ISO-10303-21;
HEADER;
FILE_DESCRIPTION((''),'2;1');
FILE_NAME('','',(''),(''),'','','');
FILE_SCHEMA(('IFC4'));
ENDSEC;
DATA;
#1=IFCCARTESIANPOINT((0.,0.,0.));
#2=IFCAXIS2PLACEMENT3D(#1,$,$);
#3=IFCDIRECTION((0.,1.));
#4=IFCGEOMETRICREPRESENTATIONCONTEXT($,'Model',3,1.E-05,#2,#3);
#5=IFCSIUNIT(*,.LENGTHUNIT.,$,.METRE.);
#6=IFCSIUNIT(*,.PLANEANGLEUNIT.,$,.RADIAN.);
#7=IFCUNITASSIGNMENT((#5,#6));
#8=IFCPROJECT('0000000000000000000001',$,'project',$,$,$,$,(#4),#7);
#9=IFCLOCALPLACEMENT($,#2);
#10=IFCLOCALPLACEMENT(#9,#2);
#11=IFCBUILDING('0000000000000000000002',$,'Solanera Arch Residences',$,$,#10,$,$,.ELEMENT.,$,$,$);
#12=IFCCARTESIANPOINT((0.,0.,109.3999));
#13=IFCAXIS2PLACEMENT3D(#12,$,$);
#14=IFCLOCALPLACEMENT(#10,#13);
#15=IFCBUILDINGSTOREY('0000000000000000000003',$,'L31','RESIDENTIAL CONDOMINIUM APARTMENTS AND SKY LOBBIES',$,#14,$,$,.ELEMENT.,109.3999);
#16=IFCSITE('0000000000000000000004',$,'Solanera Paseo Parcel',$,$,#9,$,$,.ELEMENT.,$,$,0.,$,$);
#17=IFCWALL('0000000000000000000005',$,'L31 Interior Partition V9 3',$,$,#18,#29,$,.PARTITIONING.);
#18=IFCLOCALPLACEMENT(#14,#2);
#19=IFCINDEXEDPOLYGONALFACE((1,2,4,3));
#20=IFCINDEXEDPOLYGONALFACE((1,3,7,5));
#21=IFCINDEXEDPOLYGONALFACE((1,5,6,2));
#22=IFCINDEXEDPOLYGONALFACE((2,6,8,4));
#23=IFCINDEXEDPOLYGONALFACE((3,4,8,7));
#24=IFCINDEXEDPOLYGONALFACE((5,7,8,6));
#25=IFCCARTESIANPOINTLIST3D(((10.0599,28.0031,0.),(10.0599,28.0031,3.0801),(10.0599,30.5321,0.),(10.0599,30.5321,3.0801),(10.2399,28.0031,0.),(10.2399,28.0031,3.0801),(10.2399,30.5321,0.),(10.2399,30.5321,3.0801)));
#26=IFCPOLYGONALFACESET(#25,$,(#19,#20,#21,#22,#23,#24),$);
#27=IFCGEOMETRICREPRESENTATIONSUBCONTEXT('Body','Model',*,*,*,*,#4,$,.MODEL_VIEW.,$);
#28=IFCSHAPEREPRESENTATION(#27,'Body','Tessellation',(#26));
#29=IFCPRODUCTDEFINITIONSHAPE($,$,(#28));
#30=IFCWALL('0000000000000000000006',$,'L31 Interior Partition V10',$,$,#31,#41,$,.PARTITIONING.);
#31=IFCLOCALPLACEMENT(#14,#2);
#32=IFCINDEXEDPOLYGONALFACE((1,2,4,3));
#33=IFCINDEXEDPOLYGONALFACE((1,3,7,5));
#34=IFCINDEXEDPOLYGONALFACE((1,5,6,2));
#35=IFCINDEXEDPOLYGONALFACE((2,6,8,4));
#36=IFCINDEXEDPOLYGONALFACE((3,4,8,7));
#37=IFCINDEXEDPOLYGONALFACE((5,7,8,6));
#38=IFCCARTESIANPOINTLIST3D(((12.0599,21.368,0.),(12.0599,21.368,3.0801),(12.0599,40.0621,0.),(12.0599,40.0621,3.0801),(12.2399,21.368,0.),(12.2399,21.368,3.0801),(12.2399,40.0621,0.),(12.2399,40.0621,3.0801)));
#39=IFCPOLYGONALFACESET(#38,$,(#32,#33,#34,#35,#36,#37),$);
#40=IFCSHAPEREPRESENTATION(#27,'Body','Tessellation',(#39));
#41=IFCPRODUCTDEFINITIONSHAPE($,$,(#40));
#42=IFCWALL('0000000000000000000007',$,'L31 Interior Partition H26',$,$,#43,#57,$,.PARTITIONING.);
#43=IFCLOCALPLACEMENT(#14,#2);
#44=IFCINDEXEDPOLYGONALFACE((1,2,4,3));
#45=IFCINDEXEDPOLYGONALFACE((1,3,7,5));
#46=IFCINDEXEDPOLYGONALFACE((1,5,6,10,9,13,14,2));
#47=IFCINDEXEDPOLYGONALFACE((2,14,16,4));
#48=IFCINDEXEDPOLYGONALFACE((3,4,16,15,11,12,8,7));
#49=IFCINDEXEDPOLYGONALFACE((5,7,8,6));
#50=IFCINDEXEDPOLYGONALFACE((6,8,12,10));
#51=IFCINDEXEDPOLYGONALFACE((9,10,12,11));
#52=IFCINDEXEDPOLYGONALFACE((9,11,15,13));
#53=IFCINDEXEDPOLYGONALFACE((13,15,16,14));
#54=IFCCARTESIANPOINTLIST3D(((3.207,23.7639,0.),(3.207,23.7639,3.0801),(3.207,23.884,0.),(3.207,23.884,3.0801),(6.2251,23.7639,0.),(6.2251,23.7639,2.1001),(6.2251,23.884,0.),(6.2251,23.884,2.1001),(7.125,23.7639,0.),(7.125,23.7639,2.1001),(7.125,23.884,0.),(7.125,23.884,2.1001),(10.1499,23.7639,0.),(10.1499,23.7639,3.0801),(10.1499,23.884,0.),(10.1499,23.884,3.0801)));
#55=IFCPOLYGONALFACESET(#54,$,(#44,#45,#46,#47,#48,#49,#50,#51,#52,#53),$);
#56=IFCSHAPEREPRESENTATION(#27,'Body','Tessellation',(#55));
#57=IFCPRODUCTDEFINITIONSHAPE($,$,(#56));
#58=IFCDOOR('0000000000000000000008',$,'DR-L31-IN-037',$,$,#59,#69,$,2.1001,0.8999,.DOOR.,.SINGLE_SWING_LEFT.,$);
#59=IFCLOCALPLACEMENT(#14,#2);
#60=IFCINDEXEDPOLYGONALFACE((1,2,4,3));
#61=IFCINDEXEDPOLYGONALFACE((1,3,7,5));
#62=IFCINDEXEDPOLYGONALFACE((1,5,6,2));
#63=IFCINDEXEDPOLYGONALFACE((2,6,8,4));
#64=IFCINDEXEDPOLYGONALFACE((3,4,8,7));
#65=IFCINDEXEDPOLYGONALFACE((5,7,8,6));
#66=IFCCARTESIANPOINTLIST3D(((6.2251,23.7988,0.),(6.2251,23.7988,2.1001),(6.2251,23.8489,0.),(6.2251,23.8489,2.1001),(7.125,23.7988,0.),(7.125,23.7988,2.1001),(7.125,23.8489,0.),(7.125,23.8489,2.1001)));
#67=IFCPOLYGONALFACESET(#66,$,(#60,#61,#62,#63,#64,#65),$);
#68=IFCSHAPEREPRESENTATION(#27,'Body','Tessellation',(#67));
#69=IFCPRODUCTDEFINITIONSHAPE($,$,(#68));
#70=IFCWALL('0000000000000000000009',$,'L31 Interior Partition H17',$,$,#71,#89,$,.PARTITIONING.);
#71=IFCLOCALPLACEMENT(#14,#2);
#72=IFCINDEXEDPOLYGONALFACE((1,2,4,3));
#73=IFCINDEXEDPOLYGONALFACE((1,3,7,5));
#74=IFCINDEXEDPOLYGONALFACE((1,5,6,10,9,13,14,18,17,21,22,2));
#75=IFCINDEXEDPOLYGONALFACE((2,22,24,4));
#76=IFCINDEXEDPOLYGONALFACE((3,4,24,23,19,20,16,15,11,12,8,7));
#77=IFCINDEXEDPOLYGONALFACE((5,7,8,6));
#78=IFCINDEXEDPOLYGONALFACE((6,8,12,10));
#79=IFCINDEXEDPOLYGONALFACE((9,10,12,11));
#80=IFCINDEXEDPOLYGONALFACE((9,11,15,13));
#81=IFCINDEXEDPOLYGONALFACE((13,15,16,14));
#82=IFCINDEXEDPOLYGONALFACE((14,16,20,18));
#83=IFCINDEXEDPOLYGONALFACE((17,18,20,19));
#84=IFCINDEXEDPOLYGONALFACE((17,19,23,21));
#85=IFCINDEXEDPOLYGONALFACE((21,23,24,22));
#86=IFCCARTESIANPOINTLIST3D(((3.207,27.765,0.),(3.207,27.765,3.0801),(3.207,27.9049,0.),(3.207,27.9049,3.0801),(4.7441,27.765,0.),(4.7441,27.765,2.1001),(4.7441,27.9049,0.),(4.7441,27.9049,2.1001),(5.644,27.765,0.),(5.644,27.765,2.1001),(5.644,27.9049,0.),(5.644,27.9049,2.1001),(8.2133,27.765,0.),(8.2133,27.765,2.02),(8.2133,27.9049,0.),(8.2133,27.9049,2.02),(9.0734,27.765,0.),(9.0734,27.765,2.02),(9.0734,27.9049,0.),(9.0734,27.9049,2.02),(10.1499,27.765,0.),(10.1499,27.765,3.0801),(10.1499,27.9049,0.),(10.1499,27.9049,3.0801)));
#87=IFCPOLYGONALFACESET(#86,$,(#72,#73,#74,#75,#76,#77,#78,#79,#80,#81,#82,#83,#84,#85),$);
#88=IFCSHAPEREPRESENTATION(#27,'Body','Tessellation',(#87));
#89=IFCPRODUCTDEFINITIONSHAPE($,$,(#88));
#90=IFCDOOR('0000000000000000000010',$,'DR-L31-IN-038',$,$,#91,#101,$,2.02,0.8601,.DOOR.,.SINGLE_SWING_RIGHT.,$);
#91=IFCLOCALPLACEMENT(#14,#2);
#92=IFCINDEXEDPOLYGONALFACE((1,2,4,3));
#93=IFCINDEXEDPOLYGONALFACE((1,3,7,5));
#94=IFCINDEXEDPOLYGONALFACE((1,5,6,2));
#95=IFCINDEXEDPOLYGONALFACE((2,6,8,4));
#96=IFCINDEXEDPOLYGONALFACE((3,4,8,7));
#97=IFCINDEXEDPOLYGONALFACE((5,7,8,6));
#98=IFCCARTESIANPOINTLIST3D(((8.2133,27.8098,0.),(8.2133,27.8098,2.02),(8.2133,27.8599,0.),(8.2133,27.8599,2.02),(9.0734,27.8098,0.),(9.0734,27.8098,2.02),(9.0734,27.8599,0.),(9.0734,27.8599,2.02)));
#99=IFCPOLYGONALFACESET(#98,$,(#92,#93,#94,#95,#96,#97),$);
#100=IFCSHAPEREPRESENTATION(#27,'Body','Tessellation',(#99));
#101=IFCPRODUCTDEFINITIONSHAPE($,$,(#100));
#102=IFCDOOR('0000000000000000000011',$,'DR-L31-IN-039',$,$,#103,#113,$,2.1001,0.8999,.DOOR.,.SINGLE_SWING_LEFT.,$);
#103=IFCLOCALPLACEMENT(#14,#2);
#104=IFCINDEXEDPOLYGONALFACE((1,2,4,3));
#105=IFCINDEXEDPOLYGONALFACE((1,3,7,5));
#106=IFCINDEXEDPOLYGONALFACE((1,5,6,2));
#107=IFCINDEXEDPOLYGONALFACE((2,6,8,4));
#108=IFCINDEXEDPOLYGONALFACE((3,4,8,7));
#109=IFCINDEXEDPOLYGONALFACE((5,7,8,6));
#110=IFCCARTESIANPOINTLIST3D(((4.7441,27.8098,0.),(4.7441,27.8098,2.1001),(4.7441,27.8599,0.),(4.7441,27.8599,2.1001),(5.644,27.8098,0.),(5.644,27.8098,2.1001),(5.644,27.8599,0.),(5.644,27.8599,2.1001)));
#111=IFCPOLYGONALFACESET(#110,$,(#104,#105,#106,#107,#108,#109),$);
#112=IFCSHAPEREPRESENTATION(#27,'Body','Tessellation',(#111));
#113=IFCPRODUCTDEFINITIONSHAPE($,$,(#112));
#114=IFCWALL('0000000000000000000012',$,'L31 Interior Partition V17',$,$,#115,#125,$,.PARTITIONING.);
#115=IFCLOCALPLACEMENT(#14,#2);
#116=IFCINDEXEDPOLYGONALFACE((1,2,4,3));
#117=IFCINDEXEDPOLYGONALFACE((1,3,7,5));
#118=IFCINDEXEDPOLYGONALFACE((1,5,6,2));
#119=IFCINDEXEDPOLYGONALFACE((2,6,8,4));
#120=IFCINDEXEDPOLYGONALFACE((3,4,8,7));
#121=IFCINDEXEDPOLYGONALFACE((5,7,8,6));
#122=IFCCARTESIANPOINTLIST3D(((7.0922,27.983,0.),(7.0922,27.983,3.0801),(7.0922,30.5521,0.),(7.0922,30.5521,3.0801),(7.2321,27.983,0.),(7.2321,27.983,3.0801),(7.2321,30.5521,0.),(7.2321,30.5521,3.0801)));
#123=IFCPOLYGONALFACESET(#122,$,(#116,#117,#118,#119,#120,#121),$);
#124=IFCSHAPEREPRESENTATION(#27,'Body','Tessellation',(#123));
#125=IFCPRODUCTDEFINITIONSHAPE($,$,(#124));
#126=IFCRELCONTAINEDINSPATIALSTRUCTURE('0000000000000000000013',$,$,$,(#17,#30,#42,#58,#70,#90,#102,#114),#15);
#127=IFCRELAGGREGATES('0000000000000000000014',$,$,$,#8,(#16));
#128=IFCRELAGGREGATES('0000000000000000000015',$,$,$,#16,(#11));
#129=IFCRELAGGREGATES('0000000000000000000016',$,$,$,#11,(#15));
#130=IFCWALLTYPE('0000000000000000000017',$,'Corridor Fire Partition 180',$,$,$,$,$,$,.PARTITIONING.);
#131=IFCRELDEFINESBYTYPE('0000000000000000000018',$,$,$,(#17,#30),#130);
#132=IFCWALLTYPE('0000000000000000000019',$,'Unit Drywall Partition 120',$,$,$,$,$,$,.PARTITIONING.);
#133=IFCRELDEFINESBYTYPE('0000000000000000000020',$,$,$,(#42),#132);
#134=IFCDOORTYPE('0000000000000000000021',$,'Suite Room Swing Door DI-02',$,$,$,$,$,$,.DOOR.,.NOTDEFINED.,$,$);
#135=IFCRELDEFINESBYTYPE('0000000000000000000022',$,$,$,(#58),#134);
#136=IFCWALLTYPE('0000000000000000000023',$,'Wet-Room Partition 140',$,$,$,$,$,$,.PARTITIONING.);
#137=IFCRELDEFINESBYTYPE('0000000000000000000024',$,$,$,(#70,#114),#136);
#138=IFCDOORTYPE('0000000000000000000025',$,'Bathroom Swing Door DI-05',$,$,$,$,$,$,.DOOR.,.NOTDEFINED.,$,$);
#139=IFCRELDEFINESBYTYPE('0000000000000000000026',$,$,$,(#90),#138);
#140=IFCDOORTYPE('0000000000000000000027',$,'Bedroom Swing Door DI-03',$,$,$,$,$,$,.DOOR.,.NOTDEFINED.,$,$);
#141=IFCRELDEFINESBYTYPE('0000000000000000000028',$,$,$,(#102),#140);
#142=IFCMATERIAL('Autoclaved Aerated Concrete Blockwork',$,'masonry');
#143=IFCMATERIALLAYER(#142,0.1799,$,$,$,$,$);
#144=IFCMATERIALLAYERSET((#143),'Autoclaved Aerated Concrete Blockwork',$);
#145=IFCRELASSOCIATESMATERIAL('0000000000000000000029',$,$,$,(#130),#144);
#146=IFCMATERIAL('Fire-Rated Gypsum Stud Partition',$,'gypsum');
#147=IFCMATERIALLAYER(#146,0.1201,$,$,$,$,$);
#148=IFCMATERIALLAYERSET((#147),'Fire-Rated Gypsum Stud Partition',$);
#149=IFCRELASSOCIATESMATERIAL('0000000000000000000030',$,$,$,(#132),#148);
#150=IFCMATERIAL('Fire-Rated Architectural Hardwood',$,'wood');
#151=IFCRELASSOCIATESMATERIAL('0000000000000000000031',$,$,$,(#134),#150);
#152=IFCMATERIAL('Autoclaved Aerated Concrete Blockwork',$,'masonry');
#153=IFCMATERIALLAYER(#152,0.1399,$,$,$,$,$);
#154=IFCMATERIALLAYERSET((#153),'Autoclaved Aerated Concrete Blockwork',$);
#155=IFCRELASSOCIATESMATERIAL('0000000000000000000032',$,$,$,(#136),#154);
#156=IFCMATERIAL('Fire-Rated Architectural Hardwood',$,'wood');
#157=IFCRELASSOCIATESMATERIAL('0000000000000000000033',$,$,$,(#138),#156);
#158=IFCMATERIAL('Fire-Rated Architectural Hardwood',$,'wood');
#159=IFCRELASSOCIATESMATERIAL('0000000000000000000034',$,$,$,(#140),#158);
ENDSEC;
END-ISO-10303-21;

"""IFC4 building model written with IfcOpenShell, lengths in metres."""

from ifc_helpers import new_model, si_unit, direction, frame, frame_2d, origin, place, context, subcontext, project, spatial, rectangle, extrude, material, layer, layer_set, type_object, element, fill, save


model = new_model("IFC4")

# Units and contexts
model_context = context("Model", 3, precision=1e-05, world=origin(), true_north=direction((0.0, 1.0)))
body_context = subcontext(model_context, "Body", "Model", "MODEL_VIEW")
ifc_project = project(units=[si_unit("LENGTHUNIT", "METRE"), si_unit("PLANEANGLEUNIT", "RADIAN")], contexts=[model_context])

# Site, building, storey
site_placement = place(None, origin())
site = spatial("IfcSite", under=ifc_project, at=site_placement, Name="Solanera Paseo Parcel", CompositionType="ELEMENT", RefElevation=0.0)
building_placement = place(site_placement, origin())
building = spatial("IfcBuilding", under=site, at=building_placement, Name="Solanera Arch Residences", CompositionType="ELEMENT")
storey_placement = place(building_placement, frame((0.0, 0.0, 109.3999)))
storey = spatial("IfcBuildingStorey", under=building, at=storey_placement, Name="L31", Description="RESIDENTIAL CONDOMINIUM APARTMENTS AND SKY LOBBIES", CompositionType="ELEMENT", Elevation=109.3999)

# Shared definitions
ifc_material_1 = material(Name="Autoclaved Aerated Concrete Blockwork", Category="masonry")
ifc_layer_1 = layer(ifc_material_1, 0.1799)
ifc_layer_set_1 = layer_set([ifc_layer_1], Name="Autoclaved Aerated Concrete Blockwork")
wall_type_1 = type_object("IfcWallType", Name="Corridor Fire Partition 180", PredefinedType="PARTITIONING", material=ifc_layer_set_1)

# Walls
wall_1_placement = place(storey_placement, frame((10.1499, 28.0029, 0.0), z_axis=(0.0, 0.0, 1.0), x_axis=(0.0, 1.0, 0.0)))
element("IfcWall", 1, at=wall_1_placement, inside=storey, type_object=wall_type_1, Name="L31 Interior Partition V9 3", PredefinedType="PARTITIONING", context=body_context, shape_type="SweptSolid", body=[
    extrude(rectangle(XDim=2.5291, YDim=0.1799, at=frame_2d((1.2646, 0.0))), origin(), (0.0, 0.0, 1.0), 3.0801),
])
wall_2_placement = place(storey_placement, frame((12.1499, 21.3679, 0.0), z_axis=(0.0, 0.0, 1.0), x_axis=(0.0, 1.0, 0.0)))
element("IfcWall", 2, at=wall_2_placement, inside=storey, type_object=wall_type_1, Name="L31 Interior Partition V10", PredefinedType="PARTITIONING", context=body_context, shape_type="SweptSolid", body=[
    extrude(rectangle(XDim=18.6941, YDim=0.1799, at=frame_2d((9.3472, 0.0))), origin(), (0.0, 0.0, 1.0), 3.0801),
])

# Wall, opening, door
ifc_material_2 = material(Name="Fire-Rated Gypsum Stud Partition", Category="gypsum")
ifc_layer_2 = layer(ifc_material_2, 0.1201)
ifc_layer_set_2 = layer_set([ifc_layer_2], Name="Fire-Rated Gypsum Stud Partition")
wall_type_2 = type_object("IfcWallType", Name="Unit Drywall Partition 120", PredefinedType="PARTITIONING", material=ifc_layer_set_2)
wall_3_placement = place(storey_placement, frame((3.207, 23.824, 0.0), z_axis=(0.0, 0.0, 1.0), x_axis=(1.0, 0.0, 0.0)))
wall_3 = element("IfcWall", 3, at=wall_3_placement, inside=storey, type_object=wall_type_2, Name="L31 Interior Partition H26", PredefinedType="PARTITIONING", context=body_context, shape_type="SweptSolid", body=[
    extrude(rectangle(XDim=6.9429, YDim=0.1201, at=frame_2d((3.4714, 0.0))), origin(), (0.0, 0.0, 1.0), 3.0801),
])
opening_1_placement = place(wall_3_placement, frame((3.0181, 0.0, 0.0)))
opening_1 = element("IfcOpeningElement", 4, at=opening_1_placement, cuts=wall_3, PredefinedType="OPENING", context=body_context, shape_type="SweptSolid", body=[
    extrude(rectangle(XDim=0.8999, YDim=2.1001, at=frame_2d((0.45, 1.05))), frame((0.0, 0.0701, 0.0), z_axis=(0.0, -1.0, 0.0), x_axis=(1.0, 0.0, 0.0)), (0.0, 0.0, 1.0), 0.1401),
])
ifc_material_3 = material(Name="Fire-Rated Architectural Hardwood", Category="wood")
door_type_1 = type_object("IfcDoorType", Name="Suite Room Swing Door DI-02", OperationType="NOTDEFINED", PredefinedType="DOOR", material=ifc_material_3)
door_1_placement = place(opening_1_placement, origin())
door_1 = element("IfcDoor", 5, at=door_1_placement, inside=storey, type_object=door_type_1, Name="DR-L31-IN-037", OperationType="SINGLE_SWING_LEFT", OverallHeight=2.1001, OverallWidth=0.8999, PredefinedType="DOOR", context=body_context, shape_type="SweptSolid", body=[
    extrude(rectangle(XDim=0.8999, YDim=2.1001, at=frame_2d((0.45, 1.05))), frame((0.0, 0.0249, 0.0), z_axis=(0.0, -1.0, 0.0), x_axis=(1.0, 0.0, 0.0)), (0.0, 0.0, 1.0), 0.05),
])
fill(opening_1, door_1)

# Wall, openings, doors
ifc_material_4 = material(Name="Autoclaved Aerated Concrete Blockwork", Category="masonry")
ifc_layer_3 = layer(ifc_material_4, 0.1399)
ifc_layer_set_3 = layer_set([ifc_layer_3], Name="Autoclaved Aerated Concrete Blockwork")
wall_type_3 = type_object("IfcWallType", Name="Wet-Room Partition 140", PredefinedType="PARTITIONING", material=ifc_layer_set_3)
wall_4_placement = place(storey_placement, frame((3.207, 27.835, 0.0), z_axis=(0.0, 0.0, 1.0), x_axis=(1.0, 0.0, 0.0)))
wall_4 = element("IfcWall", 6, at=wall_4_placement, inside=storey, type_object=wall_type_3, Name="L31 Interior Partition H17", PredefinedType="PARTITIONING", context=body_context, shape_type="SweptSolid", body=[
    extrude(rectangle(XDim=6.9429, YDim=0.1399, at=frame_2d((3.4714, 0.0))), origin(), (0.0, 0.0, 1.0), 3.0801),
])
opening_2_placement = place(wall_4_placement, frame((5.0061, 0.0, 0.0)))
opening_2 = element("IfcOpeningElement", 7, at=opening_2_placement, cuts=wall_4, PredefinedType="OPENING", context=body_context, shape_type="SweptSolid", body=[
    extrude(rectangle(XDim=0.8601, YDim=2.02, at=frame_2d((0.4302, 1.01))), frame((0.0, 0.0798, 0.0), z_axis=(0.0, -1.0, 0.0), x_axis=(1.0, 0.0, 0.0)), (0.0, 0.0, 1.0), 0.1599),
])
opening_3_placement = place(wall_4_placement, frame((1.5371, 0.0, 0.0)))
opening_3 = element("IfcOpeningElement", 8, at=opening_3_placement, cuts=wall_4, PredefinedType="OPENING", context=body_context, shape_type="SweptSolid", body=[
    extrude(rectangle(XDim=0.8999, YDim=2.1001, at=frame_2d((0.45, 1.05))), frame((0.0, 0.0798, 0.0), z_axis=(0.0, -1.0, 0.0), x_axis=(1.0, 0.0, 0.0)), (0.0, 0.0, 1.0), 0.1599),
])
ifc_material_5 = material(Name="Fire-Rated Architectural Hardwood", Category="wood")
door_type_2 = type_object("IfcDoorType", Name="Bathroom Swing Door DI-05", OperationType="NOTDEFINED", PredefinedType="DOOR", material=ifc_material_5)
door_2_placement = place(opening_2_placement, origin())
door_2 = element("IfcDoor", 9, at=door_2_placement, inside=storey, type_object=door_type_2, Name="DR-L31-IN-038", OperationType="SINGLE_SWING_RIGHT", OverallHeight=2.02, OverallWidth=0.8601, PredefinedType="DOOR", context=body_context, shape_type="SweptSolid", body=[
    extrude(rectangle(XDim=0.8601, YDim=2.02, at=frame_2d((0.4302, 1.01))), frame((0.0, 0.0249, 0.0), z_axis=(0.0, -1.0, 0.0), x_axis=(1.0, 0.0, 0.0)), (0.0, 0.0, 1.0), 0.05),
])
fill(opening_2, door_2)
ifc_material_6 = material(Name="Fire-Rated Architectural Hardwood", Category="wood")
door_type_3 = type_object("IfcDoorType", Name="Bedroom Swing Door DI-03", OperationType="NOTDEFINED", PredefinedType="DOOR", material=ifc_material_6)
door_3_placement = place(opening_3_placement, origin())
door_3 = element("IfcDoor", 10, at=door_3_placement, inside=storey, type_object=door_type_3, Name="DR-L31-IN-039", OperationType="SINGLE_SWING_LEFT", OverallHeight=2.1001, OverallWidth=0.8999, PredefinedType="DOOR", context=body_context, shape_type="SweptSolid", body=[
    extrude(rectangle(XDim=0.8999, YDim=2.1001, at=frame_2d((0.45, 1.05))), frame((0.0, 0.0249, 0.0), z_axis=(0.0, -1.0, 0.0), x_axis=(1.0, 0.0, 0.0)), (0.0, 0.0, 1.0), 0.05),
])
fill(opening_3, door_3)

# Wall
wall_5_placement = place(storey_placement, frame((7.1621, 27.9829, 0.0), z_axis=(0.0, 0.0, 1.0), x_axis=(0.0, 1.0, 0.0)))
element("IfcWall", 11, at=wall_5_placement, inside=storey, type_object=wall_type_3, Name="L31 Interior Partition V17", PredefinedType="PARTITIONING", context=body_context, shape_type="SweptSolid", body=[
    extrude(rectangle(XDim=2.5691, YDim=0.1399, at=frame_2d((1.2847, 0.0))), origin(), (0.0, 0.0, 1.0), 3.0801),
])

save(model, "model.ifc")
